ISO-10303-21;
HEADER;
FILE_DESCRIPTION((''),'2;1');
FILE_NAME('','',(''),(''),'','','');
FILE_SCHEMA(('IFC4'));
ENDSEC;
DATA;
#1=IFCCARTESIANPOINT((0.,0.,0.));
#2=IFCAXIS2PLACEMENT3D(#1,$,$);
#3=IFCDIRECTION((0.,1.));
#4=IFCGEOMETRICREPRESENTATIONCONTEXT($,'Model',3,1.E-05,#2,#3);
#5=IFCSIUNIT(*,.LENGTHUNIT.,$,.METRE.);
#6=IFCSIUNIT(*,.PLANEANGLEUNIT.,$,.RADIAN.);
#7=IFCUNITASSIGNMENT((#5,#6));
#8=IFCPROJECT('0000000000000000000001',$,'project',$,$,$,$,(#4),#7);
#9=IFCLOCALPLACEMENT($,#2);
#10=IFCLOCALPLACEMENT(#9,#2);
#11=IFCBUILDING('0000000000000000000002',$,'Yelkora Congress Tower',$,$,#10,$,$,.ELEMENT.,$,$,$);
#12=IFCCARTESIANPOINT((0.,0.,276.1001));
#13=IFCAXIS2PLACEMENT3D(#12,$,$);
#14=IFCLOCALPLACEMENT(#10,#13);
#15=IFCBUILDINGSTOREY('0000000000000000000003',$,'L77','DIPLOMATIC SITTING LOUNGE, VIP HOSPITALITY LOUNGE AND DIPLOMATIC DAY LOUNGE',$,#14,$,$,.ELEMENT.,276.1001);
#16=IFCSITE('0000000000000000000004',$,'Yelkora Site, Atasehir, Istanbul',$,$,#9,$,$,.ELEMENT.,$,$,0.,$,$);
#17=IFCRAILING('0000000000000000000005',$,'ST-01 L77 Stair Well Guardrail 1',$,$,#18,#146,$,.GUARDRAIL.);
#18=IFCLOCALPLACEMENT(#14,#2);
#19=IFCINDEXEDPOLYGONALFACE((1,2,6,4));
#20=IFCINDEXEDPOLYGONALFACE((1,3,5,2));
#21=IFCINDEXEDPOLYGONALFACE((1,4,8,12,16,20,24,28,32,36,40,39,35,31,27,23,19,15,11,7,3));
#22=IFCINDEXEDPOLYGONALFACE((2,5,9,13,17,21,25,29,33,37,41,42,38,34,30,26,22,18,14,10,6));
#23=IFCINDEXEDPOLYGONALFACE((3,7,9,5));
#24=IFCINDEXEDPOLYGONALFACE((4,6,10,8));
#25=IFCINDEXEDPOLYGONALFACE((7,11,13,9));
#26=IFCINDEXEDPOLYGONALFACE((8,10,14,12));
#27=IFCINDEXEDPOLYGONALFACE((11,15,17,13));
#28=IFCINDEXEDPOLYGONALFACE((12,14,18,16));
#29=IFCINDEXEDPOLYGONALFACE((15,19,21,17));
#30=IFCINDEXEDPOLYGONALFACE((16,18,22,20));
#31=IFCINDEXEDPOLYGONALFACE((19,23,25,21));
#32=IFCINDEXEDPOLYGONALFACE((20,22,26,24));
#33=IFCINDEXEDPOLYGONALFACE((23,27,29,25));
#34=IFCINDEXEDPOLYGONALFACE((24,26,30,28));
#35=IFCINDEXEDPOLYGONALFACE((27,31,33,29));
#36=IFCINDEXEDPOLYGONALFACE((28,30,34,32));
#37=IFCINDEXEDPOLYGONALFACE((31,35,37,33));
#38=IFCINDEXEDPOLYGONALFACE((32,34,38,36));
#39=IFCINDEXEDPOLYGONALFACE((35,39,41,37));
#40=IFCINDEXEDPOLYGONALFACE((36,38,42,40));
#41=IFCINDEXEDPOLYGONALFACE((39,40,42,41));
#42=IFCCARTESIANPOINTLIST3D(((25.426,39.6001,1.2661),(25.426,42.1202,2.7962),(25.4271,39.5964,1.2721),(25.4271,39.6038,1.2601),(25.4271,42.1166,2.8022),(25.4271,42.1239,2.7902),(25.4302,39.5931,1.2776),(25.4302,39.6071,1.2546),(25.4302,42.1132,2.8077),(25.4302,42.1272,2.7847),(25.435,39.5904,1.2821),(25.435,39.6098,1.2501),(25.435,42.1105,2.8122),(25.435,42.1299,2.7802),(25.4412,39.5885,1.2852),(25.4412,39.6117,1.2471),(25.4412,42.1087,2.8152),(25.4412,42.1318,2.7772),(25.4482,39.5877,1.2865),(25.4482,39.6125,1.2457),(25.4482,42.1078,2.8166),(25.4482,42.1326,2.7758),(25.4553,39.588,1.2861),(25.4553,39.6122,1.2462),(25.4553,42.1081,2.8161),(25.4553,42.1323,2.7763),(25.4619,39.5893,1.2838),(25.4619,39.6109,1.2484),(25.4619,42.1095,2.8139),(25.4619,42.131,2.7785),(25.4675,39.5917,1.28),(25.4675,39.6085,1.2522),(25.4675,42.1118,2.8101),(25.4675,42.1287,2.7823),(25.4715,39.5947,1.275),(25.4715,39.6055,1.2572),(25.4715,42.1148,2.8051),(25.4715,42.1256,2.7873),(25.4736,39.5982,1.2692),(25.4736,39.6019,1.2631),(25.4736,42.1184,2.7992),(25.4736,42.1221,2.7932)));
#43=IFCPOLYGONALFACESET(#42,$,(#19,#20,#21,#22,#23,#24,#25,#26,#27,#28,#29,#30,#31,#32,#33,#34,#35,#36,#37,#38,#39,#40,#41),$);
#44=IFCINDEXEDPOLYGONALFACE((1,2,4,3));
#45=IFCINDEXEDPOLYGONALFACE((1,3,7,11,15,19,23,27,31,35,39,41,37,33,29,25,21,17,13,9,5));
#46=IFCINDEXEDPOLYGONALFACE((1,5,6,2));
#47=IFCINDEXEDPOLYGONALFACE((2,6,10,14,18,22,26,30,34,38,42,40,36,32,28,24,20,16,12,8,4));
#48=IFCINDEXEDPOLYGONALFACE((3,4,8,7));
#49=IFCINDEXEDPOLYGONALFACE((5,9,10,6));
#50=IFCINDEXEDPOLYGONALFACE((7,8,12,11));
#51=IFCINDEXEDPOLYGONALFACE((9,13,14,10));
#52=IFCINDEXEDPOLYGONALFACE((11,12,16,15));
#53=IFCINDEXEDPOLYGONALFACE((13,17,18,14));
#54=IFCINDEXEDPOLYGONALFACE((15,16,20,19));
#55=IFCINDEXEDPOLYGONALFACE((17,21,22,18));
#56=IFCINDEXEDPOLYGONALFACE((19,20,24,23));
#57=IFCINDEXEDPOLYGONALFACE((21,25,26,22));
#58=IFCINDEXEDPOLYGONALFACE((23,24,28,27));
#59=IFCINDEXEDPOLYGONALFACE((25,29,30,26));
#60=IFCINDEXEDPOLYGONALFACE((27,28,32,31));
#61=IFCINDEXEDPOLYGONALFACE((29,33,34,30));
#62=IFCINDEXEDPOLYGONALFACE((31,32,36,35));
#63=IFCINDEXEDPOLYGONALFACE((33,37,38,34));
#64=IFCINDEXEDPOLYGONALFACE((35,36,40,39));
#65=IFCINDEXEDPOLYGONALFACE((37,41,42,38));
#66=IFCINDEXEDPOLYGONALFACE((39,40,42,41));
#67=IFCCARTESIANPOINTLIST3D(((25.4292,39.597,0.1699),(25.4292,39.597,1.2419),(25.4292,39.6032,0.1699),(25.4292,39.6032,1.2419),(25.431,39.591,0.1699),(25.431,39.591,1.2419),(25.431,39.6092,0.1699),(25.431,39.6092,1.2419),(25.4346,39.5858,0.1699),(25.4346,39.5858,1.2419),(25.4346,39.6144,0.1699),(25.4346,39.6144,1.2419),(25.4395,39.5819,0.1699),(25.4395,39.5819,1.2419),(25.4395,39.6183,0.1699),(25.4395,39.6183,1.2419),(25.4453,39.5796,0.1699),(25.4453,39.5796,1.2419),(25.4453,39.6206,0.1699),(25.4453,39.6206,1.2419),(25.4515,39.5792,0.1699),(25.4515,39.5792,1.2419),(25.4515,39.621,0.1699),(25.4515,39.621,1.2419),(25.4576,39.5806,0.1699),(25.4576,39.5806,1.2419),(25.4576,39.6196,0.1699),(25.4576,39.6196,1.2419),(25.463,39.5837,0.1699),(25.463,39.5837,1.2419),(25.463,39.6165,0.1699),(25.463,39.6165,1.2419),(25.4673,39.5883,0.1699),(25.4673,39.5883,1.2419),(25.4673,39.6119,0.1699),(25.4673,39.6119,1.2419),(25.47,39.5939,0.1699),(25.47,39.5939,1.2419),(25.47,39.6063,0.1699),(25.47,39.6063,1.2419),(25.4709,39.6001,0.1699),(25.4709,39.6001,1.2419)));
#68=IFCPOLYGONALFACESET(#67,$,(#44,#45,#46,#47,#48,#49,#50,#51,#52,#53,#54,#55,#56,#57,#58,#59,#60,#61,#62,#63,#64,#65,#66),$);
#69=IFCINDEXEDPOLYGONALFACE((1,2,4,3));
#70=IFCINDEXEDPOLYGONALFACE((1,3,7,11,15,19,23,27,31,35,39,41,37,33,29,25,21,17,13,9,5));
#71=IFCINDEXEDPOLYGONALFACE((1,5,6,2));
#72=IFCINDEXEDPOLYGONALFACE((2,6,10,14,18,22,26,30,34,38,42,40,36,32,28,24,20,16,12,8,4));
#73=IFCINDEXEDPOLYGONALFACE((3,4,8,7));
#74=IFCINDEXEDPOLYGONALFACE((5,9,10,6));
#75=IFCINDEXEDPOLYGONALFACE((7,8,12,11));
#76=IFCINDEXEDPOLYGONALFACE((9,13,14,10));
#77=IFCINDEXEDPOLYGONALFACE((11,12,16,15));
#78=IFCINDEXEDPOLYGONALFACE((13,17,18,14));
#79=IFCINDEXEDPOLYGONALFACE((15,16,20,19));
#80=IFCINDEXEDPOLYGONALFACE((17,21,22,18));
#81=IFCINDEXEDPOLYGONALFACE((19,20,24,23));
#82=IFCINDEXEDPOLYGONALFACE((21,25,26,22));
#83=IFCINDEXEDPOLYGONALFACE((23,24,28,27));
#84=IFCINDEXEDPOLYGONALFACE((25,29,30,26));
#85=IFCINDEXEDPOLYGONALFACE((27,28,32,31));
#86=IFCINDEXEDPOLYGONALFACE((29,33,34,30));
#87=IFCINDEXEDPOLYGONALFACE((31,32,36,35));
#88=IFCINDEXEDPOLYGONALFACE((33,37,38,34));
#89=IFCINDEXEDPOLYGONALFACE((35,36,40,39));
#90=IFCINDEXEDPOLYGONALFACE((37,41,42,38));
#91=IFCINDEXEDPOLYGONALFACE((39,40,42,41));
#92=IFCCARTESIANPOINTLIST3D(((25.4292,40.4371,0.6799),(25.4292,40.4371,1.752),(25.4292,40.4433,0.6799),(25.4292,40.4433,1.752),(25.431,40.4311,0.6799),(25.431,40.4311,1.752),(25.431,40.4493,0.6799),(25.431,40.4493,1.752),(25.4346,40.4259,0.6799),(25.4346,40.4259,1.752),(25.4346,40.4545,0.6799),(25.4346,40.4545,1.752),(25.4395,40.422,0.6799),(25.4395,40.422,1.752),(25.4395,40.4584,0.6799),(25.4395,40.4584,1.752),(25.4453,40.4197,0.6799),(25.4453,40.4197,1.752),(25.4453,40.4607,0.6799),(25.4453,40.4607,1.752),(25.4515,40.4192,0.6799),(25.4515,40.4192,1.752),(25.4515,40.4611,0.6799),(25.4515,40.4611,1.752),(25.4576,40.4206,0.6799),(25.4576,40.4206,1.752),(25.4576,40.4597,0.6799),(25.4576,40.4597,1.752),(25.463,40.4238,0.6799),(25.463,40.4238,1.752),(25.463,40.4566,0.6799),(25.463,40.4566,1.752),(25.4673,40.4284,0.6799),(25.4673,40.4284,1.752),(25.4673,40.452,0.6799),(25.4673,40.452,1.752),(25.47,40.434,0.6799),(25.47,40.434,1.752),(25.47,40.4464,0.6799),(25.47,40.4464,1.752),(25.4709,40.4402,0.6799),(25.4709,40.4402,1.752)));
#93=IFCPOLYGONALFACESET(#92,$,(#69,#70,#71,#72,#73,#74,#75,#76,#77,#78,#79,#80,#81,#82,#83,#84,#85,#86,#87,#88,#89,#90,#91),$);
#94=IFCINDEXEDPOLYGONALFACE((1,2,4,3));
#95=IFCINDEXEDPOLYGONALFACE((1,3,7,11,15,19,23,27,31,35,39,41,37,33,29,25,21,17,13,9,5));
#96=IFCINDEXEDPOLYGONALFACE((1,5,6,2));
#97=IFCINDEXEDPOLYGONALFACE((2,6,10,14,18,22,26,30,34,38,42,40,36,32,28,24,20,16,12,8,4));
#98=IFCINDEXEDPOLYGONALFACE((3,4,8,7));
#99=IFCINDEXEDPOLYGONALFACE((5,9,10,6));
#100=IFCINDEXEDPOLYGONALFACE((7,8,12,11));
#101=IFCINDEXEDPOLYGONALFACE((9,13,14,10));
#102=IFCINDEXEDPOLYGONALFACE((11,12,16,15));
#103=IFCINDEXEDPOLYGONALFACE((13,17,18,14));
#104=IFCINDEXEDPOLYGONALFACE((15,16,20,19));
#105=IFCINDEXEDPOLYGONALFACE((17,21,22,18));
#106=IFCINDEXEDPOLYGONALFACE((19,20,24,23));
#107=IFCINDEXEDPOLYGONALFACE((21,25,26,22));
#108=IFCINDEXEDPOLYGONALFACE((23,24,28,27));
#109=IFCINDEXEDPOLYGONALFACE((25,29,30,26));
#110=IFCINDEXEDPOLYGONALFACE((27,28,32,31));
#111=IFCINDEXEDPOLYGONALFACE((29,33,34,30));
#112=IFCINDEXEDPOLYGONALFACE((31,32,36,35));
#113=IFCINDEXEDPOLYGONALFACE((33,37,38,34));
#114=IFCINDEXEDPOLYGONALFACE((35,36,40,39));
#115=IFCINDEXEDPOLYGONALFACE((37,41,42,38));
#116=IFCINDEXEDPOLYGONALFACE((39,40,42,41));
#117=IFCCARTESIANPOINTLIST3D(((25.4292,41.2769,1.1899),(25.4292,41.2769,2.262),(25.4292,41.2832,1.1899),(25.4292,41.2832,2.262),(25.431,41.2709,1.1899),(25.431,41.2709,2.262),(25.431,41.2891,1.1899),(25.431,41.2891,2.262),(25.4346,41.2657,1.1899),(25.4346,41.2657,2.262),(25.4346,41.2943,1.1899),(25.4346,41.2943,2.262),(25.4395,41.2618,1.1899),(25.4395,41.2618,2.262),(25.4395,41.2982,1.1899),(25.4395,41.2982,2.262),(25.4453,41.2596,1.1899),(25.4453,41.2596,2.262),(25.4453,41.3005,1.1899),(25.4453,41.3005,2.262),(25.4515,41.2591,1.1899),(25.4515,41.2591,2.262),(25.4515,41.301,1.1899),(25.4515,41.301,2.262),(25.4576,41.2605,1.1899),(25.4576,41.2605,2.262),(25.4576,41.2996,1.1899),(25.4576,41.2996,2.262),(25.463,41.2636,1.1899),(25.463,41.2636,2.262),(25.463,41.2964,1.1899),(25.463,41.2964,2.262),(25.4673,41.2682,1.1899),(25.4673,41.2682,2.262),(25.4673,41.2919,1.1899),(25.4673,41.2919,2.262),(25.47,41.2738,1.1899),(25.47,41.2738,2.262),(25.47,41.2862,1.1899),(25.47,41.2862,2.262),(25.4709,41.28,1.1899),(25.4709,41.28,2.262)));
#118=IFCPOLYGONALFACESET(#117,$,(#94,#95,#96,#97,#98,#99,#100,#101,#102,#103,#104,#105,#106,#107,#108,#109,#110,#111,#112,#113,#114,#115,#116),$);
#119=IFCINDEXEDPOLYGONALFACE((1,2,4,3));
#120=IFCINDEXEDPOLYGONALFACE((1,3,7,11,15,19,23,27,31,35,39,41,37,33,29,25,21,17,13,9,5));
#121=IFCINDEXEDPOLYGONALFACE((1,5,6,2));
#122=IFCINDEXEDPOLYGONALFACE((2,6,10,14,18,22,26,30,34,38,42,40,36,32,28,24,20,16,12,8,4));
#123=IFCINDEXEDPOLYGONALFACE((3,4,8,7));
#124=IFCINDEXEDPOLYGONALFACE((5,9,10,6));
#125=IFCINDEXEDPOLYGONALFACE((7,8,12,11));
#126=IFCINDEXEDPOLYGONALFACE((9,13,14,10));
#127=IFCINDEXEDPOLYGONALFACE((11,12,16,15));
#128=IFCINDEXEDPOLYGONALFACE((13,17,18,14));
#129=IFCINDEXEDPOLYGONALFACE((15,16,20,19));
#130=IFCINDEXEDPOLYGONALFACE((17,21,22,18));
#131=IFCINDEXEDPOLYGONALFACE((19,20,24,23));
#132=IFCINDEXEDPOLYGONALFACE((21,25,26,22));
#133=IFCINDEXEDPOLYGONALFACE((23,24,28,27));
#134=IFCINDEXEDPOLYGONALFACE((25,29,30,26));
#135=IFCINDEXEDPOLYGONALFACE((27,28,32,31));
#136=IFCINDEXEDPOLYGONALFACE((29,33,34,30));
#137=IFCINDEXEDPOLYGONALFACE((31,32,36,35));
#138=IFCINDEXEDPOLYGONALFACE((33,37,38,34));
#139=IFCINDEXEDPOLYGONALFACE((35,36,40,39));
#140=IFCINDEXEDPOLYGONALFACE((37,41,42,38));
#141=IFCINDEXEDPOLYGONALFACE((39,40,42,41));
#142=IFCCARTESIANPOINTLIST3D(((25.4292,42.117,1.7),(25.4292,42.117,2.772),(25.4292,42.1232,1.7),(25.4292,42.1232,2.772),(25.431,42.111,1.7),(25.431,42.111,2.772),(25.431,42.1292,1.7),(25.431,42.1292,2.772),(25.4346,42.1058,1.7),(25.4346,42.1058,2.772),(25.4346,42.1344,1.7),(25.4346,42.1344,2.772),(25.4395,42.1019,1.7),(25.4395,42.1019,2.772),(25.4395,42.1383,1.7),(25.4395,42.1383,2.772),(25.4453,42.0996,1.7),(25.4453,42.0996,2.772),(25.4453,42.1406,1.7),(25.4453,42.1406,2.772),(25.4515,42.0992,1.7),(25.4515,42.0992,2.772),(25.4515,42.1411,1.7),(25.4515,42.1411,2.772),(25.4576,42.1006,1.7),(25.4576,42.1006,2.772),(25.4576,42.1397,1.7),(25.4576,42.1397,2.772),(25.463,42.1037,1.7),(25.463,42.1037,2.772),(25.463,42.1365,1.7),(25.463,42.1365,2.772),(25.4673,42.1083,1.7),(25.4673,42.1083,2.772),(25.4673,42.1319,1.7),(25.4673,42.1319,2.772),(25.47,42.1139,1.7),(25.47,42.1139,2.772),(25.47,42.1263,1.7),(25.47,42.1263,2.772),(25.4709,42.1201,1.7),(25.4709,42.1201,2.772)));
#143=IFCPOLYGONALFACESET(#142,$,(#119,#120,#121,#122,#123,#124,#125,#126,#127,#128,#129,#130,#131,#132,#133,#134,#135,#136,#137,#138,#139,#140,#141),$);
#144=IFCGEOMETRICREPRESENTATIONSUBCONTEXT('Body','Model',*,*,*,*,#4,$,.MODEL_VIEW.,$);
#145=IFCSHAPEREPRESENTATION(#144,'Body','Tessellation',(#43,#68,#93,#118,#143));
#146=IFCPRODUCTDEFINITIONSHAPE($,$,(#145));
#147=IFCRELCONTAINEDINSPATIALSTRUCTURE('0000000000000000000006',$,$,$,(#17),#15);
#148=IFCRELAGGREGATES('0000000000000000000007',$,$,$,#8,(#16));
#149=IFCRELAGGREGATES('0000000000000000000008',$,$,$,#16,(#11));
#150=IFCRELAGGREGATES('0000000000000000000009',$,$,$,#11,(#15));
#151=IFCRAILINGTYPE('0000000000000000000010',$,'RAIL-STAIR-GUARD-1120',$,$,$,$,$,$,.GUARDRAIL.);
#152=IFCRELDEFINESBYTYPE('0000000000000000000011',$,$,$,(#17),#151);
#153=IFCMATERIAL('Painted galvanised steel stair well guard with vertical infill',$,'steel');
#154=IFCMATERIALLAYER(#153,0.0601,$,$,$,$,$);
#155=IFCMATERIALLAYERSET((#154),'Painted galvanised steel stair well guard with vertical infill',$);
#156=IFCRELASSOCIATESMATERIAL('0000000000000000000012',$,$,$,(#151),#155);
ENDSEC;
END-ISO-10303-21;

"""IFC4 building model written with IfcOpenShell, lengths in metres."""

from ifc_helpers import new_model, si_unit, direction, frame, origin, origin_2d, place, context, subcontext, project, spatial, circle, extrude, material, layer, layer_set, type_object, element, save


model = new_model("IFC4")

# Units and contexts
model_context = context("Model", 3, precision=1e-05, world=origin(), true_north=direction((0.0, 1.0)))
body_context = subcontext(model_context, "Body", "Model", "MODEL_VIEW")
ifc_project = project(units=[si_unit("LENGTHUNIT", "METRE"), si_unit("PLANEANGLEUNIT", "RADIAN")], contexts=[model_context])

# Site, building, storey
site_placement = place(None, origin())
site = spatial("IfcSite", under=ifc_project, at=site_placement, Name="Yelkora Site, Atasehir, Istanbul", CompositionType="ELEMENT", RefElevation=0.0)
building_placement = place(site_placement, origin())
building = spatial("IfcBuilding", under=site, at=building_placement, Name="Yelkora Congress Tower", CompositionType="ELEMENT")
storey_placement = place(building_placement, frame((0.0, 0.0, 276.1001)))
storey = spatial("IfcBuildingStorey", under=building, at=storey_placement, Name="L77", Description="DIPLOMATIC SITTING LOUNGE, VIP HOSPITALITY LOUNGE AND DIPLOMATIC DAY LOUNGE", CompositionType="ELEMENT", Elevation=276.1001)

# Railing
ifc_material_1 = material(Name="Painted galvanised steel stair well guard with vertical infill", Category="steel")
ifc_layer_1 = layer(ifc_material_1, 0.0601)
ifc_layer_set_1 = layer_set([ifc_layer_1], Name="Painted galvanised steel stair well guard with vertical infill")
railing_type_1 = type_object("IfcRailingType", Name="RAIL-STAIR-GUARD-1120", PredefinedType="GUARDRAIL", material=ifc_layer_set_1)
railing_1_placement = place(storey_placement, frame((25.45, 39.6001, 0.1699)))
element("IfcRailing", 1, at=railing_1_placement, inside=storey, type_object=railing_type_1, Name="ST-01 L77 Stair Well Guardrail 1", PredefinedType="GUARDRAIL", context=body_context, shape_type="SweptSolid", body=[
    extrude(circle(Radius=0.0239, at=origin_2d()), frame((0.0, 0.0, 1.0962), z_axis=(0.0, 0.854785, 0.518982), x_axis=(-1.0, 0.0, 0.0)), (0.0, 0.0, 1.0), 2.9482),
    extrude(circle(Radius=0.021, at=origin_2d()), origin(), (0.0, 0.0, 1.0), 1.072),
    extrude(circle(Radius=0.021, at=origin_2d()), frame((0.0, 0.8401, 0.51)), (0.0, 0.0, 1.0), 1.072),
    extrude(circle(Radius=0.021, at=origin_2d()), frame((0.0, 1.6799, 1.02)), (0.0, 0.0, 1.0), 1.072),
    extrude(circle(Radius=0.021, at=origin_2d()), frame((0.0, 2.52, 1.53)), (0.0, 0.0, 1.0), 1.072),
])

save(model, "model.ifc")
